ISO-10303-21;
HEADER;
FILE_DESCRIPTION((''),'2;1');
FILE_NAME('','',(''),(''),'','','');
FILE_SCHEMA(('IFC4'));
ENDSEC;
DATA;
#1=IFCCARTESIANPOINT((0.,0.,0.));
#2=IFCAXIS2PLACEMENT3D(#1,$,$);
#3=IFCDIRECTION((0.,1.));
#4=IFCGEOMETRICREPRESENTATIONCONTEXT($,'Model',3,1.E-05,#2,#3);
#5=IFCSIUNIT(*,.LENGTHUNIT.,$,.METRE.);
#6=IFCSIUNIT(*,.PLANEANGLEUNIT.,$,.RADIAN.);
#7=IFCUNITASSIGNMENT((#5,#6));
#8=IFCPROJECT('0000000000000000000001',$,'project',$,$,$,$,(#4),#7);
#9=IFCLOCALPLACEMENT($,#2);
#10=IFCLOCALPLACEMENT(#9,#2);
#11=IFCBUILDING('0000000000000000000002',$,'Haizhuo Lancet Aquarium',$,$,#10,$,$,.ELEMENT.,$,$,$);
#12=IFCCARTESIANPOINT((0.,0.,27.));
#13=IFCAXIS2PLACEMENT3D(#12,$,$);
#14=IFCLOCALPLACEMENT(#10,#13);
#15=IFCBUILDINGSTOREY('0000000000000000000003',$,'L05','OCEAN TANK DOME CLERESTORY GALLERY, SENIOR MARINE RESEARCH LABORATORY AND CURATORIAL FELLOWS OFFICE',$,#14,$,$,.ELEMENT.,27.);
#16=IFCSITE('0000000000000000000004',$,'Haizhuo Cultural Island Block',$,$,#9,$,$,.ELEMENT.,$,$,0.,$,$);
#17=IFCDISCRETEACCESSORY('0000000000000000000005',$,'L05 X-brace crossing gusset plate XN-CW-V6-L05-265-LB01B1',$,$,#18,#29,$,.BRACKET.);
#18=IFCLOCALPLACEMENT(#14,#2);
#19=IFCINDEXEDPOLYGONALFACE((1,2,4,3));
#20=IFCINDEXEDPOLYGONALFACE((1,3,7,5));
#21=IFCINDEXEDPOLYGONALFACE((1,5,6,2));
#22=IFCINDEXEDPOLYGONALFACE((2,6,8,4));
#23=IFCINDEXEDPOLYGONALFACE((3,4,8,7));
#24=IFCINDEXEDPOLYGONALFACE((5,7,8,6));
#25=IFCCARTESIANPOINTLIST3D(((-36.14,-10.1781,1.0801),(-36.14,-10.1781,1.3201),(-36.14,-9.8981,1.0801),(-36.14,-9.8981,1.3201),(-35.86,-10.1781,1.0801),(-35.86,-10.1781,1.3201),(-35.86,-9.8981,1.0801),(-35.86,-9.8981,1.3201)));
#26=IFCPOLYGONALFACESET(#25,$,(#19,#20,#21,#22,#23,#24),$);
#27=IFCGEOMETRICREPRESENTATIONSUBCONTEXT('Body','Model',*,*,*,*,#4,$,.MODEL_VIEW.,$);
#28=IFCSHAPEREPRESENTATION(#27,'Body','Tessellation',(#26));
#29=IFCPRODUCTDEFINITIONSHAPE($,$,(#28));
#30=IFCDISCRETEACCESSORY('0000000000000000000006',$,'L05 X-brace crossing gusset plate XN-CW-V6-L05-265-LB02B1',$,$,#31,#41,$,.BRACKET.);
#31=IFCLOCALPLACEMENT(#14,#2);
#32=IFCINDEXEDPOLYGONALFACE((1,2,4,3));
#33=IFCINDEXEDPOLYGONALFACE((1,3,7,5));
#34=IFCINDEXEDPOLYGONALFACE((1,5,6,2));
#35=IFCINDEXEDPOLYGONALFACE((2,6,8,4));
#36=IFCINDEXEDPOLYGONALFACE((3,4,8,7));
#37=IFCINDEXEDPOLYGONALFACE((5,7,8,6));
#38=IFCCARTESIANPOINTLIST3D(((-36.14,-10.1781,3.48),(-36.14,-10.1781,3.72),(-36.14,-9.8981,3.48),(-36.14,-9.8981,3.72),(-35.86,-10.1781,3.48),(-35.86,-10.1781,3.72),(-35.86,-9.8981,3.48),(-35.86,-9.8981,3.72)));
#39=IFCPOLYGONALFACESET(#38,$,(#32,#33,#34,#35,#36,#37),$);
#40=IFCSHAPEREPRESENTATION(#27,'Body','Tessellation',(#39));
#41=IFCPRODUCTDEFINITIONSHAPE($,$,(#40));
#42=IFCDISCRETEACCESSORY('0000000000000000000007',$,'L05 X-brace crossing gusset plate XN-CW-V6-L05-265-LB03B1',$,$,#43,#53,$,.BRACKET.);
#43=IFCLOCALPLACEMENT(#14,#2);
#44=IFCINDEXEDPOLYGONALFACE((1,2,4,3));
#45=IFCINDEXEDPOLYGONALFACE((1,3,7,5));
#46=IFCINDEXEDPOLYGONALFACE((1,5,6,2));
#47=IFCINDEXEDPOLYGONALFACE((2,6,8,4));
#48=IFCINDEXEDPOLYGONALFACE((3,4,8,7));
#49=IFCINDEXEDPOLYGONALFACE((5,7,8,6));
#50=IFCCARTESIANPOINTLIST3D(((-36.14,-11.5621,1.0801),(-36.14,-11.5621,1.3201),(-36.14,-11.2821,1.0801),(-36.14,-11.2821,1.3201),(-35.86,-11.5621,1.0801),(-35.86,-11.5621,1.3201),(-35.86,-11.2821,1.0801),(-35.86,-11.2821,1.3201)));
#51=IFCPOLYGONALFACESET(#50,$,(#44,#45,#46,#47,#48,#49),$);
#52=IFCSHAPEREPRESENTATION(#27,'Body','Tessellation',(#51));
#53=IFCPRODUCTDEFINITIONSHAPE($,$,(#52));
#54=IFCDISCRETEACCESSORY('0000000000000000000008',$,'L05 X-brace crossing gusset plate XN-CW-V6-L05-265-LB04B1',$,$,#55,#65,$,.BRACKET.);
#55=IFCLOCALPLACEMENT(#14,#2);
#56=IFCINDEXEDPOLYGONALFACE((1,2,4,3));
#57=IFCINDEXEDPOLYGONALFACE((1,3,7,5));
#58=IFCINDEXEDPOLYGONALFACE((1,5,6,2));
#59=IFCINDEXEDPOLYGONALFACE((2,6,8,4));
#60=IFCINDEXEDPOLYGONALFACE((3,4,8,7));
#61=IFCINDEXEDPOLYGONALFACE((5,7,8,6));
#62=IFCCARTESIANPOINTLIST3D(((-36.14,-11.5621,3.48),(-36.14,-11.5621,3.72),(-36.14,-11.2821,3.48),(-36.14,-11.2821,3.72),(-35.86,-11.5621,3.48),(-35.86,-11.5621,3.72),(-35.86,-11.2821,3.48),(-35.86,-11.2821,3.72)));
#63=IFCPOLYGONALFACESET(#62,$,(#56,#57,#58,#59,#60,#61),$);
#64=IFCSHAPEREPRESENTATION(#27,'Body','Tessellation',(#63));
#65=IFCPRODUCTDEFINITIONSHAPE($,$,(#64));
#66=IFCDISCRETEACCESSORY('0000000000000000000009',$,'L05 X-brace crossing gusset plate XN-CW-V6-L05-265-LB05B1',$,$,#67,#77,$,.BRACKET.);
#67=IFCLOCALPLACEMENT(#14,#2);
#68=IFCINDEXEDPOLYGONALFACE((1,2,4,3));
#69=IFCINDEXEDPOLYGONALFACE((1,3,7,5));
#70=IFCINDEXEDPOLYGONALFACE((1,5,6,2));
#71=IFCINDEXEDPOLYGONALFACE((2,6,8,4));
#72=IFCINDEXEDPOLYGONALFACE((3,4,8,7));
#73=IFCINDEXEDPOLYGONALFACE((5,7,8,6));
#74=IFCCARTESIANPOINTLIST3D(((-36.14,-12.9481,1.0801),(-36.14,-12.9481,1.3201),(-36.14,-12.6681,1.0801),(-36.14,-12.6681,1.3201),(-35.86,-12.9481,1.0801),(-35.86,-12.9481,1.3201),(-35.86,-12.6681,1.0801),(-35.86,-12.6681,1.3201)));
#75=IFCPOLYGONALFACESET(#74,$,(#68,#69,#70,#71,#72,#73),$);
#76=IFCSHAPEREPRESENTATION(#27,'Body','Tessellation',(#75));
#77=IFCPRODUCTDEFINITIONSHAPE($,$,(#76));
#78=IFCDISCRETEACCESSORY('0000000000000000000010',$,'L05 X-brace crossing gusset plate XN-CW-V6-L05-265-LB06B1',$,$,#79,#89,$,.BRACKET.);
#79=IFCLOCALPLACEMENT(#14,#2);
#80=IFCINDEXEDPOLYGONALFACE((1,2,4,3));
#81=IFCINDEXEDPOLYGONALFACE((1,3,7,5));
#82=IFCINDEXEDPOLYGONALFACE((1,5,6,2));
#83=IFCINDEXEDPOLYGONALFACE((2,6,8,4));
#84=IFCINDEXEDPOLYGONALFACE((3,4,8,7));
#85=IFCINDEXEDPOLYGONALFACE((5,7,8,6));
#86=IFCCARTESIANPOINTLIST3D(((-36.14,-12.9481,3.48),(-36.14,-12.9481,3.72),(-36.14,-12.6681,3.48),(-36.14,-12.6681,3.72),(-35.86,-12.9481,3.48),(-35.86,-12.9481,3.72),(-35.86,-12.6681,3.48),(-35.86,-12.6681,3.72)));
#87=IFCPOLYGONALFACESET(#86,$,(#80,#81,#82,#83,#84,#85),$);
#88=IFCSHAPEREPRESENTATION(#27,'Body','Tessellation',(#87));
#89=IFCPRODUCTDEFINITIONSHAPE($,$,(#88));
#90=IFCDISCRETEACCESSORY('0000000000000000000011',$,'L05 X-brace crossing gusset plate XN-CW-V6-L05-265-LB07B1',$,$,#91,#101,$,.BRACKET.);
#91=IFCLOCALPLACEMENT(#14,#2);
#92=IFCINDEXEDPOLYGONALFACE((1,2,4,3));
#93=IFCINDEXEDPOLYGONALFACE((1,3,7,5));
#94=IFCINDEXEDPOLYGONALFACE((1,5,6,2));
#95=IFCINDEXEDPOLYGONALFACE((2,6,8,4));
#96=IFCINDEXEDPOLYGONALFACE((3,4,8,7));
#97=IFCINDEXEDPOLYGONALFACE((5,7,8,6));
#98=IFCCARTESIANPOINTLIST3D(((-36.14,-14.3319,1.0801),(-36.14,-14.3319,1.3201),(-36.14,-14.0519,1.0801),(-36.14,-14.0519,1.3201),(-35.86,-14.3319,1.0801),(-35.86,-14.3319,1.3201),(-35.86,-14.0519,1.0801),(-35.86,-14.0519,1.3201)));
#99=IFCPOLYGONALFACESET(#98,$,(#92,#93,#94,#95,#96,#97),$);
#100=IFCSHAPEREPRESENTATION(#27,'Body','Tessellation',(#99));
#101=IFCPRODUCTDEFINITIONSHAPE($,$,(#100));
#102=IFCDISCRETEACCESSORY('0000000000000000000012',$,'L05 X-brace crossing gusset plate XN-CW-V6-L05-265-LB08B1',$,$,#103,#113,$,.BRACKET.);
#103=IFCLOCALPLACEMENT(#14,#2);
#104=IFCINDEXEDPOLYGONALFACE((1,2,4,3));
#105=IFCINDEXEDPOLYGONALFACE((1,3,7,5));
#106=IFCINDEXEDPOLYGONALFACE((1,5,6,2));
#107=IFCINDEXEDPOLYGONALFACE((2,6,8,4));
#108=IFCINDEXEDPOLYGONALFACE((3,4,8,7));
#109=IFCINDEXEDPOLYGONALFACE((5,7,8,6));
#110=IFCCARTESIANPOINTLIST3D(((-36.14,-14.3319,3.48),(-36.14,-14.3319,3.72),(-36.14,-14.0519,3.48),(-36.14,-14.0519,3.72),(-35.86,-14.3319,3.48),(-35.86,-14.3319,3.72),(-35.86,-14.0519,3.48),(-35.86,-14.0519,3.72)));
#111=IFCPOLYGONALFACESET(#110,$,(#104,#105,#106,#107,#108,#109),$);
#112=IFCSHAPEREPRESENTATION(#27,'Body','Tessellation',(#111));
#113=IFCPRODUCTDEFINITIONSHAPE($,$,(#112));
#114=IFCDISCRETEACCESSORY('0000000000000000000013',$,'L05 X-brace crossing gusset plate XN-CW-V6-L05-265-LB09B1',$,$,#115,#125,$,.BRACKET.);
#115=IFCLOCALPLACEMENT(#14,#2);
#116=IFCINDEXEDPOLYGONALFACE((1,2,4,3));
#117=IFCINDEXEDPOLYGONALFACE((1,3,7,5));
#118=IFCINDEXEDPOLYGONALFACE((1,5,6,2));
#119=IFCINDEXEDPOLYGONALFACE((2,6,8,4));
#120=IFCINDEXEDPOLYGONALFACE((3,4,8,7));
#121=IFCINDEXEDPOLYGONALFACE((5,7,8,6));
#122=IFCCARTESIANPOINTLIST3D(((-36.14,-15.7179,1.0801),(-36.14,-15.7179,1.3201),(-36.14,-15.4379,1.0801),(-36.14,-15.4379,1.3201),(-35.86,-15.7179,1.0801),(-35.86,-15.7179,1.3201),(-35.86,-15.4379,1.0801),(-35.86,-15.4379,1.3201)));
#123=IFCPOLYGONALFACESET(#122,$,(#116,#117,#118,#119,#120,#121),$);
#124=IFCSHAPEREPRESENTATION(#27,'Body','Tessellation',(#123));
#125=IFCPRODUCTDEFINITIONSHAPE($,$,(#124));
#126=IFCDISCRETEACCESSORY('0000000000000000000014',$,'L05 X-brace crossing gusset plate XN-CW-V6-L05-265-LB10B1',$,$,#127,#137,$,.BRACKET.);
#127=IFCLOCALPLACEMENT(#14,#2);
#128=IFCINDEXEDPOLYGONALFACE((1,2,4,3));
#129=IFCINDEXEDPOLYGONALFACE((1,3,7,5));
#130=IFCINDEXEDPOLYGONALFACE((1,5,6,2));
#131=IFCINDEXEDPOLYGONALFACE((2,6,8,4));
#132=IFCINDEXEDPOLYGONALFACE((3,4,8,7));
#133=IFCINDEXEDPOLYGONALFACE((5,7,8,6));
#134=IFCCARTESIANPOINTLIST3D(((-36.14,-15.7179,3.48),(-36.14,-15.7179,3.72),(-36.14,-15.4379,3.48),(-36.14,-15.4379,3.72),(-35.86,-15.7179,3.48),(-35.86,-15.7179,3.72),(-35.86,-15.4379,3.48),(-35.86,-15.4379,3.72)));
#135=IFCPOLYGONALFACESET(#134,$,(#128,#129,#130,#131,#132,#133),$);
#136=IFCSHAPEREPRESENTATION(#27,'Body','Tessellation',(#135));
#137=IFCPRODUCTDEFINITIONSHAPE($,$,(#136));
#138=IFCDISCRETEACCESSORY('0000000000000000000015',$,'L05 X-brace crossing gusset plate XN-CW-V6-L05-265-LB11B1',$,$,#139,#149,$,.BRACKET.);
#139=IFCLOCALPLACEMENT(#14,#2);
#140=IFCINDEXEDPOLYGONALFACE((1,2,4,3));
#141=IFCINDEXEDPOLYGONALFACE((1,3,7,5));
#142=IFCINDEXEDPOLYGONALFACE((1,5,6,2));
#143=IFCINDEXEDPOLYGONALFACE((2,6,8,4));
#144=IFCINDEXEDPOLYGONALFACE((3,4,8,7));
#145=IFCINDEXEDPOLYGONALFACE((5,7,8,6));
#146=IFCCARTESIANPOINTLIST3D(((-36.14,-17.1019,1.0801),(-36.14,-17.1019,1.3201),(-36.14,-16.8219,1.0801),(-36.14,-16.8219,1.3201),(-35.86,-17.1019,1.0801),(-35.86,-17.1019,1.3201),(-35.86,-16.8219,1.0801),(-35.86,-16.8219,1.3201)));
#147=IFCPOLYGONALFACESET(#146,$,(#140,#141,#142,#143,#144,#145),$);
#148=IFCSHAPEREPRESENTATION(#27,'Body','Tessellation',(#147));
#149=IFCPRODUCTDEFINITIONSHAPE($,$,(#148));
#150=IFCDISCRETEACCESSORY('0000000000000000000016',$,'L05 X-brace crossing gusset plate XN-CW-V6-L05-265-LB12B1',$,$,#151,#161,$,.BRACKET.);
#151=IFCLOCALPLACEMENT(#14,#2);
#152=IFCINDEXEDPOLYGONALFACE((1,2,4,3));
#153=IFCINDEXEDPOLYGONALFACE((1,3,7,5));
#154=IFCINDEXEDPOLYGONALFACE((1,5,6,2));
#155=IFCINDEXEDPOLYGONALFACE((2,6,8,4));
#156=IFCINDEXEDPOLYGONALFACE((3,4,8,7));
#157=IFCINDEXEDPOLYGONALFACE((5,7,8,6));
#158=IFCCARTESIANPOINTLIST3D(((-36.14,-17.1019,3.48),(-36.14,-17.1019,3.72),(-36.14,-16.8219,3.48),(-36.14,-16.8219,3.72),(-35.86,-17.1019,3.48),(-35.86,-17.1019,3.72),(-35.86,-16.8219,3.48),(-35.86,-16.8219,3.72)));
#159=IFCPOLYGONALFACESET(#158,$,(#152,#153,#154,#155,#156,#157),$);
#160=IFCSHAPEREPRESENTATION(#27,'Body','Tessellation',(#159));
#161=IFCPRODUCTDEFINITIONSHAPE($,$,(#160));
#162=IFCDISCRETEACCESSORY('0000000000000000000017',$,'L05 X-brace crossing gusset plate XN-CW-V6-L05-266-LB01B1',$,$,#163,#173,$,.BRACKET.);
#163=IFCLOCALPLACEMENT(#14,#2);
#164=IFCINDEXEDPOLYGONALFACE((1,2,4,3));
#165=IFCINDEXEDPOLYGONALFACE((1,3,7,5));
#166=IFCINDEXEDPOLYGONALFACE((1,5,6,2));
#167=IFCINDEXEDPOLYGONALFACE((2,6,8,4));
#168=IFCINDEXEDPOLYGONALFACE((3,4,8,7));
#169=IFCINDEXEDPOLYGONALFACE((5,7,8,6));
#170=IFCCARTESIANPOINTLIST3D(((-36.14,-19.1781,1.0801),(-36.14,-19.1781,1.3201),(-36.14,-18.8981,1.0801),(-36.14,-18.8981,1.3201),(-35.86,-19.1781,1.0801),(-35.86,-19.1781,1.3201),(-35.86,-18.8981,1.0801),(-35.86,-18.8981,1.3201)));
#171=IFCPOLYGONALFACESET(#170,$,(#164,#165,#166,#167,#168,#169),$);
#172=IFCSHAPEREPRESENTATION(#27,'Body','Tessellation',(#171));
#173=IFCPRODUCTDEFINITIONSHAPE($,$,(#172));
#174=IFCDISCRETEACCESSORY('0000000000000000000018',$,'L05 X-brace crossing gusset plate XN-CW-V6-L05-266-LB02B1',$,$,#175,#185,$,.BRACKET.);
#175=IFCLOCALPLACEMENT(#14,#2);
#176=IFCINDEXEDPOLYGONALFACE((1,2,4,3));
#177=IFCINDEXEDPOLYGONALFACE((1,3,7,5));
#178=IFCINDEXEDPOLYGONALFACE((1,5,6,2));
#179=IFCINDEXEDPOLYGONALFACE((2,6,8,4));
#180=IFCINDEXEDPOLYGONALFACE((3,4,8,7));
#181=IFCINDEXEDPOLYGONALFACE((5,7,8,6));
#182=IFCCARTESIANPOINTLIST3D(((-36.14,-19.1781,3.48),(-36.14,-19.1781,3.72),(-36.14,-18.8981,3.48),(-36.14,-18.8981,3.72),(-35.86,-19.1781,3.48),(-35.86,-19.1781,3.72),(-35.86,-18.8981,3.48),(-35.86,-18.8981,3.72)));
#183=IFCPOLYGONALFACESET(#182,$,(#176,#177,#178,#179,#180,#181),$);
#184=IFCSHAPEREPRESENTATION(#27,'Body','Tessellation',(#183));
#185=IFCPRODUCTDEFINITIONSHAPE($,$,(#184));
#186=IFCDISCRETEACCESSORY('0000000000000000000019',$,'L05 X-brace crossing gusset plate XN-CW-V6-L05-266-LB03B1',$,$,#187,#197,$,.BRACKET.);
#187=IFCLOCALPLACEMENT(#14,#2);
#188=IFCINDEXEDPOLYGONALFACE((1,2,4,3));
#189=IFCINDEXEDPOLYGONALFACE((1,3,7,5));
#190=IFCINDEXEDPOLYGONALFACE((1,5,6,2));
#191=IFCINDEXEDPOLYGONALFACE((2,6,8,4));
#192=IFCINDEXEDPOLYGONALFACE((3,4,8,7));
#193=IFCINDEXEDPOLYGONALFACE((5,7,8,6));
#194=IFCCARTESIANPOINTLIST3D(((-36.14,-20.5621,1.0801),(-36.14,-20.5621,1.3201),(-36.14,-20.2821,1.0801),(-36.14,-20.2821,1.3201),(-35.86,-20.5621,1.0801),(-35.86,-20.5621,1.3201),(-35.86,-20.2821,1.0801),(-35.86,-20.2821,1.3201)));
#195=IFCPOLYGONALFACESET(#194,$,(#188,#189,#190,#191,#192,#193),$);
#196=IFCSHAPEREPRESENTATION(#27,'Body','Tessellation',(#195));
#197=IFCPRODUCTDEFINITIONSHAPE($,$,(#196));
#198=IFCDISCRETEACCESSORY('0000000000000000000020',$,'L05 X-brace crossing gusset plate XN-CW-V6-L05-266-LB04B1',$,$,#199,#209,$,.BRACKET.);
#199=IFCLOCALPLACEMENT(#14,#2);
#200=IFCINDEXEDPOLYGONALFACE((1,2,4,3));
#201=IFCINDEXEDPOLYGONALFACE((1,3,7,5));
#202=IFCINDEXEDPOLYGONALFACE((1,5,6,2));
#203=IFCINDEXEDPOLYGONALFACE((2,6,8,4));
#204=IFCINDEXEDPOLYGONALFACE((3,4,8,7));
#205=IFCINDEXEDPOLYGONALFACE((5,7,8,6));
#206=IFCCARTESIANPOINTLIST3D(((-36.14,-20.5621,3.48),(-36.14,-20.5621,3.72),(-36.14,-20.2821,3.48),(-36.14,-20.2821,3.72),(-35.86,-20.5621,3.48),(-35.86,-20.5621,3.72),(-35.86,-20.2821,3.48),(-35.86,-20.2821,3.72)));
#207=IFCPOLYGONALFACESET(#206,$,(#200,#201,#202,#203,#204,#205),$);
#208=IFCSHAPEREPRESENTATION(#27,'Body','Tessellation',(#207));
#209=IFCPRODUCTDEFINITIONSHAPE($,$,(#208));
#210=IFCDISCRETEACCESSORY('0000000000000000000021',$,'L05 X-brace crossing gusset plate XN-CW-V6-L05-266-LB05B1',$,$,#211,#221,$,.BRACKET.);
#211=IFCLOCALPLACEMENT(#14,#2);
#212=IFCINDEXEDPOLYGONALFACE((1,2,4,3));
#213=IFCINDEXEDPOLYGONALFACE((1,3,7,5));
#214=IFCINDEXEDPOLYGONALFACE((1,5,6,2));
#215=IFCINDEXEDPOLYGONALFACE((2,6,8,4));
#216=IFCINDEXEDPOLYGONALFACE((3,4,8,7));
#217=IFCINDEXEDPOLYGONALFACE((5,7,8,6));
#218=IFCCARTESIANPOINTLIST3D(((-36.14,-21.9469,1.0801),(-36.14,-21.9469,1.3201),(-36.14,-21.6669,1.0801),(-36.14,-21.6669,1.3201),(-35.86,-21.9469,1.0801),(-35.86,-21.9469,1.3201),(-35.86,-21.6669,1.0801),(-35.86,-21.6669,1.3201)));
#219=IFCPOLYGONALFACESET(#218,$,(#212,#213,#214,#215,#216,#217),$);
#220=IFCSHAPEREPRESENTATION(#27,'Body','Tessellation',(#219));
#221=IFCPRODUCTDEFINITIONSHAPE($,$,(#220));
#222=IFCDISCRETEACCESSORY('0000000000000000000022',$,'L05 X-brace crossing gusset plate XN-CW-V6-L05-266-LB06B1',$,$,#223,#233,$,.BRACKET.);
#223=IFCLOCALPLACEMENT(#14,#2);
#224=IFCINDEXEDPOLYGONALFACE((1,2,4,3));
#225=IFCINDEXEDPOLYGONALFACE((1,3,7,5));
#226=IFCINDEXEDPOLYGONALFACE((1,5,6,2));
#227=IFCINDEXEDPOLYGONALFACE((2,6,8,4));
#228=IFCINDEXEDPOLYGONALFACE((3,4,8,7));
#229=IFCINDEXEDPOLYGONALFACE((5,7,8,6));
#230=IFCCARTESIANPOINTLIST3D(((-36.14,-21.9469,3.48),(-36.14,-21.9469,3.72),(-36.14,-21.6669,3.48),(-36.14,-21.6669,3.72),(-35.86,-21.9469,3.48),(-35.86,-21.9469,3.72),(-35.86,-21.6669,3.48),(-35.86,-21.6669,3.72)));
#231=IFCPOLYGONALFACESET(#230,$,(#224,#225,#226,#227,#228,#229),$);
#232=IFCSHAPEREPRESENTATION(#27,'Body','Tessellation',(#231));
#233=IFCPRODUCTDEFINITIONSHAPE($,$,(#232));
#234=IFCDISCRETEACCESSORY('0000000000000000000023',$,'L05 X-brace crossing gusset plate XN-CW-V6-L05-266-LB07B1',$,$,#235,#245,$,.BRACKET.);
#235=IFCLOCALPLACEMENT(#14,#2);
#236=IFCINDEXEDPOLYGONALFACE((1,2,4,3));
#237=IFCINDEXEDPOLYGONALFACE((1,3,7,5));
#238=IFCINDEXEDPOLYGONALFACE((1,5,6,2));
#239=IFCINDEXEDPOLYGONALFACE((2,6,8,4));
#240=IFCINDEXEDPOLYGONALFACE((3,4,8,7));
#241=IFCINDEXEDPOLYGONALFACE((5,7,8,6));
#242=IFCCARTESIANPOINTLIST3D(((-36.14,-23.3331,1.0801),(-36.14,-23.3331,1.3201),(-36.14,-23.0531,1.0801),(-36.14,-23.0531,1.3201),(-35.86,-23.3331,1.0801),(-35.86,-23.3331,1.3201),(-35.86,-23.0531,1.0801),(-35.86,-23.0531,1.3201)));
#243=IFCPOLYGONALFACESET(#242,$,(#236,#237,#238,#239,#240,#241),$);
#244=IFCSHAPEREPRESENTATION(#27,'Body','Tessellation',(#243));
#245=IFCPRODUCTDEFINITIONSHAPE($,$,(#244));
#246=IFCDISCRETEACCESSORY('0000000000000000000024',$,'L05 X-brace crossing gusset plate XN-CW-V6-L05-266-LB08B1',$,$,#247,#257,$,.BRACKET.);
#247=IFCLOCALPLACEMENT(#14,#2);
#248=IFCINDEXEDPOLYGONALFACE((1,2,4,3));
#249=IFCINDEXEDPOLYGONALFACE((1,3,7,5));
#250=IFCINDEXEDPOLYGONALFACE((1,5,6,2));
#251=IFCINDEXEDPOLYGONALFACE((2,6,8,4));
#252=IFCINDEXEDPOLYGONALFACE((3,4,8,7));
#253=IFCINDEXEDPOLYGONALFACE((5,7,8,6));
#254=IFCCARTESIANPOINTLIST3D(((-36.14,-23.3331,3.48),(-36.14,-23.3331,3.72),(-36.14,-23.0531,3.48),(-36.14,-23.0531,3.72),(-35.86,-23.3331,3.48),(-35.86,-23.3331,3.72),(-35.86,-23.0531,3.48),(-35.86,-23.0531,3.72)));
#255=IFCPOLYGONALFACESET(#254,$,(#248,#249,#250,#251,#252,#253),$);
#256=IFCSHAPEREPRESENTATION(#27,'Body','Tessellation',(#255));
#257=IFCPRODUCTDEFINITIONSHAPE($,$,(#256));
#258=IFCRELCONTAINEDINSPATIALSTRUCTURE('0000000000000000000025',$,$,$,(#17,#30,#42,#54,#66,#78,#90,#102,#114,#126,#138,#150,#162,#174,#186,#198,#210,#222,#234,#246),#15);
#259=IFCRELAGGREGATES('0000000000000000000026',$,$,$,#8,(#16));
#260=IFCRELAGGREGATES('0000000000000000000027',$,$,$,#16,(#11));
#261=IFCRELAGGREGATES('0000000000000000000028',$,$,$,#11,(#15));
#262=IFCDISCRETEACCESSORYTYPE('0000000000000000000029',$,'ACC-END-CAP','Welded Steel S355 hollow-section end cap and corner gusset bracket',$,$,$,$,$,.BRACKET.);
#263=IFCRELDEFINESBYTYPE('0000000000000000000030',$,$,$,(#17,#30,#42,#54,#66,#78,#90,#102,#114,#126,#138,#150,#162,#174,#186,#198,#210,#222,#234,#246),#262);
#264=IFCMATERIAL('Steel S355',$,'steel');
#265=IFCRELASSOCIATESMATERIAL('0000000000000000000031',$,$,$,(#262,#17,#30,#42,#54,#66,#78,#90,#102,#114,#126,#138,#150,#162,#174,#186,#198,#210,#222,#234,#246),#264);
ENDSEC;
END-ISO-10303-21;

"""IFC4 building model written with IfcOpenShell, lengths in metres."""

from ifc_helpers import new_model, si_unit, direction, frame, origin, origin_2d, place, context, subcontext, project, spatial, rectangle, extrude, material, type_object, element, save


model = new_model("IFC4")

# Units and contexts
model_context = context("Model", 3, precision=1e-05, world=origin(), true_north=direction((0.0, 1.0)))
body_context = subcontext(model_context, "Body", "Model", "MODEL_VIEW")
ifc_project = project(units=[si_unit("LENGTHUNIT", "METRE"), si_unit("PLANEANGLEUNIT", "RADIAN")], contexts=[model_context])

# Site, building, storey
site_placement = place(None, origin())
site = spatial("IfcSite", under=ifc_project, at=site_placement, Name="Haizhuo Cultural Island Block", CompositionType="ELEMENT", RefElevation=0.0)
building_placement = place(site_placement, origin())
building = spatial("IfcBuilding", under=site, at=building_placement, Name="Haizhuo Lancet Aquarium", CompositionType="ELEMENT")
storey_placement = place(building_placement, frame((0.0, 0.0, 27.0)))
storey = spatial("IfcBuildingStorey", under=building, at=storey_placement, Name="L05", Description="OCEAN TANK DOME CLERESTORY GALLERY, SENIOR MARINE RESEARCH LABORATORY AND CURATORIAL FELLOWS OFFICE", CompositionType="ELEMENT", Elevation=27.0)

# Discrete accessories
ifc_material = material(Name="Steel S355", Category="steel")
discrete_accessory_type = type_object("IfcDiscreteAccessoryType", Name="ACC-END-CAP", Description="Welded Steel S355 hollow-section end cap and corner gusset bracket", PredefinedType="BRACKET", material=ifc_material)
for number, where, z_axis, x_axis, name in (
    (1, (-36.0, -10.0381, 1.0801), (0.0, 0.0, 1.0), (1.0, 0.0, 0.0), "L05 X-brace crossing gusset plate XN-CW-V6-L05-265-LB01B1"),
    (2, (-36.0, -10.0381, 3.48), (0.0, 0.0, 1.0), (1.0, 0.0, 0.0), "L05 X-brace crossing gusset plate XN-CW-V6-L05-265-LB02B1"),
    (3, (-36.0, -11.4221, 1.0801), (0.0, 0.0, 1.0), (1.0, 0.0, 0.0), "L05 X-brace crossing gusset plate XN-CW-V6-L05-265-LB03B1"),
    (4, (-36.0, -11.4221, 3.48), (0.0, 0.0, 1.0), (1.0, 0.0, 0.0), "L05 X-brace crossing gusset plate XN-CW-V6-L05-265-LB04B1"),
    (5, (-36.0, -12.8081, 1.0801), (0.0, 0.0, 1.0), (1.0, 0.0, 0.0), "L05 X-brace crossing gusset plate XN-CW-V6-L05-265-LB05B1"),
    (6, (-36.0, -12.8081, 3.48), (0.0, 0.0, 1.0), (1.0, 0.0, 0.0), "L05 X-brace crossing gusset plate XN-CW-V6-L05-265-LB06B1"),
    (7, (-36.0, -14.1919, 1.0801), (0.0, 0.0, 1.0), (1.0, 0.0, 0.0), "L05 X-brace crossing gusset plate XN-CW-V6-L05-265-LB07B1"),
    (8, (-36.0, -14.1919, 3.48), (0.0, 0.0, 1.0), (1.0, 0.0, 0.0), "L05 X-brace crossing gusset plate XN-CW-V6-L05-265-LB08B1"),
    (9, (-36.0, -15.5779, 1.0801), (0.0, 0.0, 1.0), (1.0, 0.0, 0.0), "L05 X-brace crossing gusset plate XN-CW-V6-L05-265-LB09B1"),
    (10, (-36.0, -15.5779, 3.48), (0.0, 0.0, 1.0), (1.0, 0.0, 0.0), "L05 X-brace crossing gusset plate XN-CW-V6-L05-265-LB10B1"),
    (11, (-36.0, -16.9619, 1.0801), (0.0, 0.0, 1.0), (1.0, 0.0, 0.0), "L05 X-brace crossing gusset plate XN-CW-V6-L05-265-LB11B1"),
    (12, (-36.0, -16.9619, 3.48), (0.0, 0.0, 1.0), (1.0, 0.0, 0.0), "L05 X-brace crossing gusset plate XN-CW-V6-L05-265-LB12B1"),
    (13, (-36.0, -19.0381, 1.0801), (0.0, 0.0, 1.0), (1.0, 0.0, 0.0), "L05 X-brace crossing gusset plate XN-CW-V6-L05-266-LB01B1"),
    (14, (-36.0, -19.0381, 3.48), (0.0, 0.0, 1.0), (1.0, 0.0, 0.0), "L05 X-brace crossing gusset plate XN-CW-V6-L05-266-LB02B1"),
    (15, (-36.0, -20.4221, 1.0801), (0.0, 0.0, 1.0), (1.0, 0.0, 0.0), "L05 X-brace crossing gusset plate XN-CW-V6-L05-266-LB03B1"),
    (16, (-36.0, -20.4221, 3.48), (0.0, 0.0, 1.0), (1.0, 0.0, 0.0), "L05 X-brace crossing gusset plate XN-CW-V6-L05-266-LB04B1"),
    (17, (-36.0, -21.8069, 1.0801), (0.0, 0.0, 1.0), (1.0, 0.0, 0.0), "L05 X-brace crossing gusset plate XN-CW-V6-L05-266-LB05B1"),
    (18, (-36.0, -21.8069, 3.48), (0.0, 0.0, 1.0), (1.0, 0.0, 0.0), "L05 X-brace crossing gusset plate XN-CW-V6-L05-266-LB06B1"),
    (19, (-36.0, -23.1931, 1.0801), (0.0, 0.0, 1.0), (1.0, 0.0, 0.0), "L05 X-brace crossing gusset plate XN-CW-V6-L05-266-LB07B1"),
    (20, (-36.0, -23.1931, 3.48), (0.0, 0.0, 1.0), (1.0, 0.0, 0.0), "L05 X-brace crossing gusset plate XN-CW-V6-L05-266-LB08B1"),
):
    element("IfcDiscreteAccessory", number, at=place(storey_placement, frame(where, z_axis=z_axis, x_axis=x_axis)), inside=storey, type_object=discrete_accessory_type, material=ifc_material, Name=name, PredefinedType="BRACKET", context=body_context, shape_type="SweptSolid", body=[
        extrude(rectangle(XDim=0.28, YDim=0.28, at=origin_2d()), origin(), (0.0, 0.0, 1.0), 0.24),
    ])

save(model, "model.ifc")
